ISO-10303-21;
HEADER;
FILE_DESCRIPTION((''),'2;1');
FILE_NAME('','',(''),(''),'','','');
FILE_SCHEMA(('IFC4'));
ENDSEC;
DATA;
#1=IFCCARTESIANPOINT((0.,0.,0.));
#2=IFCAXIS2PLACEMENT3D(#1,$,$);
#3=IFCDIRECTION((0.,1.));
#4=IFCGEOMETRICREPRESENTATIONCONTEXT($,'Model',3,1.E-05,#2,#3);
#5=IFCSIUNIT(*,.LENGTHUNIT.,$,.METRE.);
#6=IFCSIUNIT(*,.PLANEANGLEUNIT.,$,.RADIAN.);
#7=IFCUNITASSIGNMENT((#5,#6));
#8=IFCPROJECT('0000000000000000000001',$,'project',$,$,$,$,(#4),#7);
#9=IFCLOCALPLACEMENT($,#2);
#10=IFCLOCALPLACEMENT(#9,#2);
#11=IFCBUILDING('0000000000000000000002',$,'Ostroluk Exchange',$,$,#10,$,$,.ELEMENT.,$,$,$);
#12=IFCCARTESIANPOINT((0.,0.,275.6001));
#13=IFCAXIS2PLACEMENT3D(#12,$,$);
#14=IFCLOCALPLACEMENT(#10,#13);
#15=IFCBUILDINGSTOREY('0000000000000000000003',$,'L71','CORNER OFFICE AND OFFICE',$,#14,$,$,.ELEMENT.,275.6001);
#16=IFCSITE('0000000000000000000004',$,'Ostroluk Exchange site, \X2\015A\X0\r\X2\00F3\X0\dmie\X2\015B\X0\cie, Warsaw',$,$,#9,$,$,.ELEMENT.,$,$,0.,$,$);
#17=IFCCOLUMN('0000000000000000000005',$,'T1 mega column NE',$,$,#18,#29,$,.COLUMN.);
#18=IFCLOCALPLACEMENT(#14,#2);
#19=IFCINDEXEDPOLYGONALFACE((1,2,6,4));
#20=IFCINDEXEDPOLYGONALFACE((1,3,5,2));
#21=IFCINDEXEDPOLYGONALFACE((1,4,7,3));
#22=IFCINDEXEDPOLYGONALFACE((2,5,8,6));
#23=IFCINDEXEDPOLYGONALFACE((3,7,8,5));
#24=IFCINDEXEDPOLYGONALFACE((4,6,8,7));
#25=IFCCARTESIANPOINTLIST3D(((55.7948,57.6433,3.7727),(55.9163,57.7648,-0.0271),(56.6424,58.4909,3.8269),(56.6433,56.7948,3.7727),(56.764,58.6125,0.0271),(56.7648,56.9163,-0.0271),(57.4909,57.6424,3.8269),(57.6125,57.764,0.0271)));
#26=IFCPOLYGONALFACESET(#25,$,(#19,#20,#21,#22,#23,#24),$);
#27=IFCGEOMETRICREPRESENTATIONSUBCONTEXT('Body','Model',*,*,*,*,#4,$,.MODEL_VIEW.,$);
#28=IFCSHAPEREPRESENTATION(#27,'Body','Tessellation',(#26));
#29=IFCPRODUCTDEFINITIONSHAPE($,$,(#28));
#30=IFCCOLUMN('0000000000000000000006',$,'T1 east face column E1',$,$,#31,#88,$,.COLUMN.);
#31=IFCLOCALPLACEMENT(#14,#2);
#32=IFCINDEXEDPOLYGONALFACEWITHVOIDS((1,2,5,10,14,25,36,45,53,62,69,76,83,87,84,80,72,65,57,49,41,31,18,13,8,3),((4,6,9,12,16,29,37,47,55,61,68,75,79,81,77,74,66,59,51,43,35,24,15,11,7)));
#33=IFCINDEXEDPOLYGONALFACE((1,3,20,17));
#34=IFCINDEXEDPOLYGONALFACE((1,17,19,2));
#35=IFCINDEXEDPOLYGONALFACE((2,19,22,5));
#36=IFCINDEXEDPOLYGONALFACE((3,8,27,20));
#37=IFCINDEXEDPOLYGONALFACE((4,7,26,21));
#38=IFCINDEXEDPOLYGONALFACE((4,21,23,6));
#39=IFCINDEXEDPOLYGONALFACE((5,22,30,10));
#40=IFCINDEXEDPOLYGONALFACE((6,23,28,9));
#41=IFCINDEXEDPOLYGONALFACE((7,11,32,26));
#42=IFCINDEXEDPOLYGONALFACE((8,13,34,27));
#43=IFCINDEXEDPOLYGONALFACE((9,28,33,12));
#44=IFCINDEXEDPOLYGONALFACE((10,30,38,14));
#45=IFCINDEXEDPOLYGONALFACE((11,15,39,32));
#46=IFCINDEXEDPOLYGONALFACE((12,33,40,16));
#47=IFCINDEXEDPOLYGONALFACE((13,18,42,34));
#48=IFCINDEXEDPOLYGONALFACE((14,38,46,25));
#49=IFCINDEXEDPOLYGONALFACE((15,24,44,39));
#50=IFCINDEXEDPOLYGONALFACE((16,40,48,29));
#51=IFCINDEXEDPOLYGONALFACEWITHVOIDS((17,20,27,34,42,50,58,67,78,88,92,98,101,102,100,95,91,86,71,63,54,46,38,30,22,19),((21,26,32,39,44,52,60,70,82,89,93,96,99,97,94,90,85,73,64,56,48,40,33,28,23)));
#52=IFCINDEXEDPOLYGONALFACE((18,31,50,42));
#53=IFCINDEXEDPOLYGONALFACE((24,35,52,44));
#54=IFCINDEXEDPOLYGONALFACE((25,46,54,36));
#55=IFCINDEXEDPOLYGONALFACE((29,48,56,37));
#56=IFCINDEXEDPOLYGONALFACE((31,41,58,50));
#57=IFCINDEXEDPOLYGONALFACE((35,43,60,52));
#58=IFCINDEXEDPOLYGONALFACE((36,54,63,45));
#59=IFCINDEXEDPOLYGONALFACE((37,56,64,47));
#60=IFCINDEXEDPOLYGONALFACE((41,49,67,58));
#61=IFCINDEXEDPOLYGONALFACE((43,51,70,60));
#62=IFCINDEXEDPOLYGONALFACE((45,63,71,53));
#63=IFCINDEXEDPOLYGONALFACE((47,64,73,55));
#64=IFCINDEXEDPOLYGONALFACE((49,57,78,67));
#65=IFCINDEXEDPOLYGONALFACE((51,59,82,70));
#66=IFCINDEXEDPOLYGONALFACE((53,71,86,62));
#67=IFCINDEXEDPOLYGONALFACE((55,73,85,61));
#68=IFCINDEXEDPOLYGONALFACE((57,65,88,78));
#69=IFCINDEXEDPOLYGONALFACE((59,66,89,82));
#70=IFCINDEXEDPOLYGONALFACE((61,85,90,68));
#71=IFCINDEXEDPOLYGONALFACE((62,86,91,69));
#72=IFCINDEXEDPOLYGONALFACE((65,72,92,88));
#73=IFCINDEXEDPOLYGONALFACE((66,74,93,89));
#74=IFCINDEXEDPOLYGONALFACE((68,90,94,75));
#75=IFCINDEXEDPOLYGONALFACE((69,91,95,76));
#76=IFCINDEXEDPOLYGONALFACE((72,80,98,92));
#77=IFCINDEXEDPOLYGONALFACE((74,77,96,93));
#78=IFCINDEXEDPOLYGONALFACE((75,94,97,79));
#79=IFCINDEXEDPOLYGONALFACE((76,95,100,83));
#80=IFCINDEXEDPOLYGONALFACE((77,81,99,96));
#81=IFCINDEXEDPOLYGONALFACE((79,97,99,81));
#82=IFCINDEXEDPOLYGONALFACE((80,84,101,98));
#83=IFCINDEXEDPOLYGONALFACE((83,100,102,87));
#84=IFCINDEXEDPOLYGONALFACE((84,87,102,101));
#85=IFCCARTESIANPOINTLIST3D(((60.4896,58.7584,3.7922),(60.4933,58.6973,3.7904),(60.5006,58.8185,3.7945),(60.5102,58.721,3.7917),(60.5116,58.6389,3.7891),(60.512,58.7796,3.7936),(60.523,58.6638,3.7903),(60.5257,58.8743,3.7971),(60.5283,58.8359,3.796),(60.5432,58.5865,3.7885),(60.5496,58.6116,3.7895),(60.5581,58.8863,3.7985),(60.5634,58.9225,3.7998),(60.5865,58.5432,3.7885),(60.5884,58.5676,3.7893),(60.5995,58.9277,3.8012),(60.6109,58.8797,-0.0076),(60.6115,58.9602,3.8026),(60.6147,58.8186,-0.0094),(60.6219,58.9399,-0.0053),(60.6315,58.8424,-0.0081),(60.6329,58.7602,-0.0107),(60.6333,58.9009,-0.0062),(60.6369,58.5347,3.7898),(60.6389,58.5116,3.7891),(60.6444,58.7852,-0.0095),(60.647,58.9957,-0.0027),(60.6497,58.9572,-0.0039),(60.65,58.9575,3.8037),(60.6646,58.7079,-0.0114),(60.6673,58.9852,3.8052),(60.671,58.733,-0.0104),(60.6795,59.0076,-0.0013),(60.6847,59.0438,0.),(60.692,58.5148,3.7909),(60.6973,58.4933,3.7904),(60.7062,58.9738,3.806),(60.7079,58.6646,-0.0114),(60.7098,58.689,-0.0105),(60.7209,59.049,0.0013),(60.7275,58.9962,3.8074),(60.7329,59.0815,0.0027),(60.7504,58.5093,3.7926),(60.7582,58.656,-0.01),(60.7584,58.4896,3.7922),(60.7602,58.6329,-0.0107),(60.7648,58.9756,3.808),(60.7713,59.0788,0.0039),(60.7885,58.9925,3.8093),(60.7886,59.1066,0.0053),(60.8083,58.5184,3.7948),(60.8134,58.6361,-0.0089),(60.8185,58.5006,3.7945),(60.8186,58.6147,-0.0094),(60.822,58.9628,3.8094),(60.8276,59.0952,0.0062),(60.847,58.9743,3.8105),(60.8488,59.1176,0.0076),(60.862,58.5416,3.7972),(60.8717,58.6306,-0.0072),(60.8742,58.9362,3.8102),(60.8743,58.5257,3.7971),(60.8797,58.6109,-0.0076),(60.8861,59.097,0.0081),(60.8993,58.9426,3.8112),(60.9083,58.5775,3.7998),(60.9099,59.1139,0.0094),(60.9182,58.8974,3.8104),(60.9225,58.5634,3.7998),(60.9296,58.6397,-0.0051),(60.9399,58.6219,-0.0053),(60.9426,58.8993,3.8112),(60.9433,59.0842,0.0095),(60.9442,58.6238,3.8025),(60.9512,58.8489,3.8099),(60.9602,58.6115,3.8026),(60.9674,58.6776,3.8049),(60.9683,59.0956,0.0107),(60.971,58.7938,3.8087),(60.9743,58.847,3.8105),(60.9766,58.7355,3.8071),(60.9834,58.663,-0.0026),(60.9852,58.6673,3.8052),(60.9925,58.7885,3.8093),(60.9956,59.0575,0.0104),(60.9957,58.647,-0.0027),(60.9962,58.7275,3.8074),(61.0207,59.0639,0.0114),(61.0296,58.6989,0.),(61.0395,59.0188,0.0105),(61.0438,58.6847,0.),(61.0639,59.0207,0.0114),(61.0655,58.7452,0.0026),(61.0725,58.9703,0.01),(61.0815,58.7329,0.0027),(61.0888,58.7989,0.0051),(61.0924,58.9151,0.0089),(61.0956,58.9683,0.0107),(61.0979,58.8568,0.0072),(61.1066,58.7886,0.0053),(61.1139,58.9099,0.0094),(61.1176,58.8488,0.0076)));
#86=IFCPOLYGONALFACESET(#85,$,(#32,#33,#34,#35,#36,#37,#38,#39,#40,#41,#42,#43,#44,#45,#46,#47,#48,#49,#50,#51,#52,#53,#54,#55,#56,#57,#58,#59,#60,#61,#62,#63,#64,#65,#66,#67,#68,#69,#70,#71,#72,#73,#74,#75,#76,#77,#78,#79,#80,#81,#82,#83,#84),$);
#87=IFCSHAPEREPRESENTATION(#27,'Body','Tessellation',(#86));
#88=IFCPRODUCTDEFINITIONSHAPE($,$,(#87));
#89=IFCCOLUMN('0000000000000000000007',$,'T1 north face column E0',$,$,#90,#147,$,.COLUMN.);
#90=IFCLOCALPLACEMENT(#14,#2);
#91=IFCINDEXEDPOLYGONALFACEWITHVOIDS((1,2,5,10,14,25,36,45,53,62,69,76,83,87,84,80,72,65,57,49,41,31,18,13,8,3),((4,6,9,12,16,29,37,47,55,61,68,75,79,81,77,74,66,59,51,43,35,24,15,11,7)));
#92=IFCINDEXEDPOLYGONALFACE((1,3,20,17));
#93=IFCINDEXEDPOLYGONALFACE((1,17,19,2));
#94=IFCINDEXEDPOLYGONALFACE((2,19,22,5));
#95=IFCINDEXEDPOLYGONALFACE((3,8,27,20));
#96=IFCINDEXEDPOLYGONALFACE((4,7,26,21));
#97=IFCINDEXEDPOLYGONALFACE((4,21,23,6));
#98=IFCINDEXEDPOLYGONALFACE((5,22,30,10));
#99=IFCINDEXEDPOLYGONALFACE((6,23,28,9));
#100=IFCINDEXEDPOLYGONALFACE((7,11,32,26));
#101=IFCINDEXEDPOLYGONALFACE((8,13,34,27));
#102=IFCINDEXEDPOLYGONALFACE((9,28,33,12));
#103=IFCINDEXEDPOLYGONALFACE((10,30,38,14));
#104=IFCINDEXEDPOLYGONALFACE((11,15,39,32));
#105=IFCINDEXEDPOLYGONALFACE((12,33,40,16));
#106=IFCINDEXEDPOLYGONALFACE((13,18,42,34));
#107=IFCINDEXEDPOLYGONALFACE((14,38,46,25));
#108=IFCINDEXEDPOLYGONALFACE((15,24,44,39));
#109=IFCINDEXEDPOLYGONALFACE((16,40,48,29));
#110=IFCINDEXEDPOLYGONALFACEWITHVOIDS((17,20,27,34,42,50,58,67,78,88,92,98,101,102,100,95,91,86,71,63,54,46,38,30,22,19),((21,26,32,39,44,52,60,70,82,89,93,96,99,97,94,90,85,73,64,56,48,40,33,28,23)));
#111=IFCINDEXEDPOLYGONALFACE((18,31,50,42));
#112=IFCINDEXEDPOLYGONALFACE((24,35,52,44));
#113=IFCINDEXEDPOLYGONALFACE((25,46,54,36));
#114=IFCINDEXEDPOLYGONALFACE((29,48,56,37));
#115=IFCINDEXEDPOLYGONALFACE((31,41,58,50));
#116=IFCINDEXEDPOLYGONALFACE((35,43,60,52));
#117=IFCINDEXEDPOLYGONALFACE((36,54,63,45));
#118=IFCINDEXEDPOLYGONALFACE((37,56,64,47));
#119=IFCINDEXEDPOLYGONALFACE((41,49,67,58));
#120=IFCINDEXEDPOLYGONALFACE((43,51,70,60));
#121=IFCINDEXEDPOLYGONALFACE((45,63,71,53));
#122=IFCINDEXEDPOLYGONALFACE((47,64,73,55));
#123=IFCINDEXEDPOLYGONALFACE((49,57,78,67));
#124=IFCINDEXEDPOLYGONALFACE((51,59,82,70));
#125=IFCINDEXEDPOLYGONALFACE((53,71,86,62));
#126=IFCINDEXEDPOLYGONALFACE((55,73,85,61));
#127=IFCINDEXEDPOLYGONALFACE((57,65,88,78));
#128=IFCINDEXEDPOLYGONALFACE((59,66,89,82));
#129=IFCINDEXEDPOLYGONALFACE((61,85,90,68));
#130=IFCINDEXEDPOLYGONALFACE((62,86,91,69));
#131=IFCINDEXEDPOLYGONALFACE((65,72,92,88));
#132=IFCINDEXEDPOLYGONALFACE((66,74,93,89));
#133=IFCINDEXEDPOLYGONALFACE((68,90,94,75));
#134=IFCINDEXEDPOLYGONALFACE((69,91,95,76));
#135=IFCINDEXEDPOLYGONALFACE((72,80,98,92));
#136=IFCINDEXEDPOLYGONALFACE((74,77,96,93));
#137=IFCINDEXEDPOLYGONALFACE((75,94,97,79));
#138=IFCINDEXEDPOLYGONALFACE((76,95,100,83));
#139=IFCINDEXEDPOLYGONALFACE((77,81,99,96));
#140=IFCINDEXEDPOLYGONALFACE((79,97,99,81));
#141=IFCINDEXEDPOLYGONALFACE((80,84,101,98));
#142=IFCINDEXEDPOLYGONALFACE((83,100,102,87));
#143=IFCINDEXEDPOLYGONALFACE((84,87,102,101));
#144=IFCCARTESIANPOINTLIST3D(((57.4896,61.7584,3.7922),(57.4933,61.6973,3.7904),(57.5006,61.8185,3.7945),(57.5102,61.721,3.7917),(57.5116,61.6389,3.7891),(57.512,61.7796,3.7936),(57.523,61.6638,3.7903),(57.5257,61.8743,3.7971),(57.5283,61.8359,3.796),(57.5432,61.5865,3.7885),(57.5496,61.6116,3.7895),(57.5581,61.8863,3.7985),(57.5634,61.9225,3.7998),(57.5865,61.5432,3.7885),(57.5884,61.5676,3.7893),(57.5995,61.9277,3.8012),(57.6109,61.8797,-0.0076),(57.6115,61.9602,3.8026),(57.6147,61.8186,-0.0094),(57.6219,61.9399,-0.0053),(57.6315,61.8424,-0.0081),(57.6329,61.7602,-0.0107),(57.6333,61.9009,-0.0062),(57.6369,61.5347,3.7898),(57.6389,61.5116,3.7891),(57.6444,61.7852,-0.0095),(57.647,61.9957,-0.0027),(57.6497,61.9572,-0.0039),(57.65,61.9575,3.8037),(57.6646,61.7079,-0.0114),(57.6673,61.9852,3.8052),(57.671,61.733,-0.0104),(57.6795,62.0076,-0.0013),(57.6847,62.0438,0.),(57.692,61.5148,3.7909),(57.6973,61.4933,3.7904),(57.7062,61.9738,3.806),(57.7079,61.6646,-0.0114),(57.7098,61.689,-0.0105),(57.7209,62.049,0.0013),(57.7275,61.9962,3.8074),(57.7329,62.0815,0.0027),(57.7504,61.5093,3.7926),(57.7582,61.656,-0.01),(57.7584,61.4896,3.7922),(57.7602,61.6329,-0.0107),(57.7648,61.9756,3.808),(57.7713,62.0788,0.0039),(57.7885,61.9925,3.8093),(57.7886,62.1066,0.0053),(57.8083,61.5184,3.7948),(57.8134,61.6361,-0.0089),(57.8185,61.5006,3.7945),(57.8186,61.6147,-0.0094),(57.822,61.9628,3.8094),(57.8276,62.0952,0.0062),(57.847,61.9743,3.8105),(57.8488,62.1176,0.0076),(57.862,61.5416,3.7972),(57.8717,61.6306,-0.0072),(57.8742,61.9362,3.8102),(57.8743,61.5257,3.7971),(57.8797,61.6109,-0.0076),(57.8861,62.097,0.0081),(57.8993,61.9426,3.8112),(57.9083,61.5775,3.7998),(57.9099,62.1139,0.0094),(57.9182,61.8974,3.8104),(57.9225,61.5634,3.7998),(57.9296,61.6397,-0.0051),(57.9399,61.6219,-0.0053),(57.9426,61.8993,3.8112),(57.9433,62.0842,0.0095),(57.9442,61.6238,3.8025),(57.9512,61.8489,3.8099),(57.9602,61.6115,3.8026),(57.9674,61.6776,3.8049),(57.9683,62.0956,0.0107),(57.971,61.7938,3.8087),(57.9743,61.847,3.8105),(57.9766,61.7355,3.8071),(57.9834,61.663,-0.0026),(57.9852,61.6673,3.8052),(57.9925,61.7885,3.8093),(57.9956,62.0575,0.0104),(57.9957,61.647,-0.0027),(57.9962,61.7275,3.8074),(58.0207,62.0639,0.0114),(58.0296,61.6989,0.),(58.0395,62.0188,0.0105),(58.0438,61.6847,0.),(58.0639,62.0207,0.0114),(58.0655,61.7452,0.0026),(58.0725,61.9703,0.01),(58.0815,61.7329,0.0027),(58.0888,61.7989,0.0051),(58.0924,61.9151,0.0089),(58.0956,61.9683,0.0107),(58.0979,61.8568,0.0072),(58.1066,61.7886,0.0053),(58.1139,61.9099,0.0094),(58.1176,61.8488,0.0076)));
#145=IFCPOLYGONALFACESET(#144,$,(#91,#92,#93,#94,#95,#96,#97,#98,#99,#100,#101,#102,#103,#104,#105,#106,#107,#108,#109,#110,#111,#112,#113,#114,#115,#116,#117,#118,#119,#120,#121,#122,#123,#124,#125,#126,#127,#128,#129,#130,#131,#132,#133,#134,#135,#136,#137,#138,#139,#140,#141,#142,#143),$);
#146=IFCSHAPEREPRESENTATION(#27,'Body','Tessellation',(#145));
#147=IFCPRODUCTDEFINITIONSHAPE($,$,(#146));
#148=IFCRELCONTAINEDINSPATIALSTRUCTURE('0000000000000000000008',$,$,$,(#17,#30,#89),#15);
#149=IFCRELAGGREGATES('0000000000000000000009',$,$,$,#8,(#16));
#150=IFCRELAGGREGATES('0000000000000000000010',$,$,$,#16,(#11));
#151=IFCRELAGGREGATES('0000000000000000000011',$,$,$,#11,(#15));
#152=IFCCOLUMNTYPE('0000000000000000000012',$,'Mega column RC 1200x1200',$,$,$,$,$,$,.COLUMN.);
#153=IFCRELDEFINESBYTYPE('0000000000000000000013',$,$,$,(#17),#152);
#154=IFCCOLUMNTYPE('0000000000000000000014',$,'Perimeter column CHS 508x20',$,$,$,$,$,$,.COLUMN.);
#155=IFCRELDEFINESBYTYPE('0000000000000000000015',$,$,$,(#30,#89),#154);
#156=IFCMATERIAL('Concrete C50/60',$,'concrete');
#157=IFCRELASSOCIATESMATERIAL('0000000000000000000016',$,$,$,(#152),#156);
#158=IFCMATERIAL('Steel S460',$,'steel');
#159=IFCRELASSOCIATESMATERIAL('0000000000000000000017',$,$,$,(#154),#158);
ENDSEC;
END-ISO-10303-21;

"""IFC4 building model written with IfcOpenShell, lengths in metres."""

from ifc_helpers import new_model, si_unit, direction, frame, origin, origin_2d, place, context, subcontext, project, spatial, rectangle, hollow_circle, extrude, material, material_profile, profile_set, type_object, element, save


model = new_model("IFC4")

# Units and contexts
model_context = context("Model", 3, precision=1e-05, world=origin(), true_north=direction((0.0, 1.0)))
body_context = subcontext(model_context, "Body", "Model", "MODEL_VIEW")
ifc_project = project(units=[si_unit("LENGTHUNIT", "METRE"), si_unit("PLANEANGLEUNIT", "RADIAN")], contexts=[model_context])

# Site, building, storey
site_placement = place(None, origin())
site = spatial("IfcSite", under=ifc_project, at=site_placement, Name="Ostroluk Exchange site, Śródmieście, Warsaw", CompositionType="ELEMENT", RefElevation=0.0)
building_placement = place(site_placement, origin())
building = spatial("IfcBuilding", under=site, at=building_placement, Name="Ostroluk Exchange", CompositionType="ELEMENT")
storey_placement = place(building_placement, frame((0.0, 0.0, 275.6001)))
storey = spatial("IfcBuildingStorey", under=building, at=storey_placement, Name="L71", Description="CORNER OFFICE AND OFFICE", CompositionType="ELEMENT", Elevation=275.6001)

# Columns
ifc_material_1 = material(Name="Concrete C50/60", Category="concrete")
ifc_material_profile_1 = material_profile(ifc_material_1, rectangle(XDim=1.2, YDim=1.2, at=origin_2d()), Name="RC 1200x1200")
ifc_profile_set_1 = profile_set([ifc_material_profile_1], Name="Concrete C50/60")
column_type_1 = type_object("IfcColumnType", Name="Mega column RC 1200x1200", PredefinedType="COLUMN", material=ifc_profile_set_1)
column_1_placement = place(storey_placement, frame((56.7644, 57.7644, 0.0), z_axis=(-0.031964, -0.031964, 0.998978), x_axis=(0.707107, -0.707107, 0.0)))
element("IfcColumn", 1, at=column_1_placement, inside=storey, type_object=column_type_1, Name="T1 mega column NE", PredefinedType="COLUMN", context=body_context, shape_type="SweptSolid", body=[
    extrude(rectangle(XDim=1.2, YDim=1.2, at=origin_2d()), origin(), (0.0, 0.0, 1.0), 3.8037),
])
ifc_material_2 = material(Name="Steel S460", Category="steel")
ifc_material_profile_2 = material_profile(ifc_material_2, hollow_circle(Radius=0.2539, WallThickness=0.02, at=origin_2d()), Name="CHS 508x20")
ifc_profile_set_2 = profile_set([ifc_material_profile_2], Name="Steel S460")
column_type_2 = type_object("IfcColumnType", Name="Perimeter column CHS 508x20", PredefinedType="COLUMN", material=ifc_profile_set_2)
for number, where, z_axis, x_axis, name in (
    (2, (60.8643, 58.8643, 0.0), (-0.0319, -0.0319, 0.998982), (0.707107, -0.707107, 0.0), "T1 east face column E1"),
    (3, (57.8643, 61.8643, 0.0), (-0.0319, -0.0319, 0.998982), (0.707107, -0.707107, 0.0), "T1 north face column E0"),
):
    element("IfcColumn", number, at=place(storey_placement, frame(where, z_axis=z_axis, x_axis=x_axis)), inside=storey, type_object=column_type_2, Name=name, PredefinedType="COLUMN", context=body_context, shape_type="SweptSolid", body=[
        extrude(hollow_circle(Radius=0.2539, WallThickness=0.02, at=origin_2d()), origin(), (0.0, 0.0, 1.0), 3.8037),
    ])

save(model, "model.ifc")
